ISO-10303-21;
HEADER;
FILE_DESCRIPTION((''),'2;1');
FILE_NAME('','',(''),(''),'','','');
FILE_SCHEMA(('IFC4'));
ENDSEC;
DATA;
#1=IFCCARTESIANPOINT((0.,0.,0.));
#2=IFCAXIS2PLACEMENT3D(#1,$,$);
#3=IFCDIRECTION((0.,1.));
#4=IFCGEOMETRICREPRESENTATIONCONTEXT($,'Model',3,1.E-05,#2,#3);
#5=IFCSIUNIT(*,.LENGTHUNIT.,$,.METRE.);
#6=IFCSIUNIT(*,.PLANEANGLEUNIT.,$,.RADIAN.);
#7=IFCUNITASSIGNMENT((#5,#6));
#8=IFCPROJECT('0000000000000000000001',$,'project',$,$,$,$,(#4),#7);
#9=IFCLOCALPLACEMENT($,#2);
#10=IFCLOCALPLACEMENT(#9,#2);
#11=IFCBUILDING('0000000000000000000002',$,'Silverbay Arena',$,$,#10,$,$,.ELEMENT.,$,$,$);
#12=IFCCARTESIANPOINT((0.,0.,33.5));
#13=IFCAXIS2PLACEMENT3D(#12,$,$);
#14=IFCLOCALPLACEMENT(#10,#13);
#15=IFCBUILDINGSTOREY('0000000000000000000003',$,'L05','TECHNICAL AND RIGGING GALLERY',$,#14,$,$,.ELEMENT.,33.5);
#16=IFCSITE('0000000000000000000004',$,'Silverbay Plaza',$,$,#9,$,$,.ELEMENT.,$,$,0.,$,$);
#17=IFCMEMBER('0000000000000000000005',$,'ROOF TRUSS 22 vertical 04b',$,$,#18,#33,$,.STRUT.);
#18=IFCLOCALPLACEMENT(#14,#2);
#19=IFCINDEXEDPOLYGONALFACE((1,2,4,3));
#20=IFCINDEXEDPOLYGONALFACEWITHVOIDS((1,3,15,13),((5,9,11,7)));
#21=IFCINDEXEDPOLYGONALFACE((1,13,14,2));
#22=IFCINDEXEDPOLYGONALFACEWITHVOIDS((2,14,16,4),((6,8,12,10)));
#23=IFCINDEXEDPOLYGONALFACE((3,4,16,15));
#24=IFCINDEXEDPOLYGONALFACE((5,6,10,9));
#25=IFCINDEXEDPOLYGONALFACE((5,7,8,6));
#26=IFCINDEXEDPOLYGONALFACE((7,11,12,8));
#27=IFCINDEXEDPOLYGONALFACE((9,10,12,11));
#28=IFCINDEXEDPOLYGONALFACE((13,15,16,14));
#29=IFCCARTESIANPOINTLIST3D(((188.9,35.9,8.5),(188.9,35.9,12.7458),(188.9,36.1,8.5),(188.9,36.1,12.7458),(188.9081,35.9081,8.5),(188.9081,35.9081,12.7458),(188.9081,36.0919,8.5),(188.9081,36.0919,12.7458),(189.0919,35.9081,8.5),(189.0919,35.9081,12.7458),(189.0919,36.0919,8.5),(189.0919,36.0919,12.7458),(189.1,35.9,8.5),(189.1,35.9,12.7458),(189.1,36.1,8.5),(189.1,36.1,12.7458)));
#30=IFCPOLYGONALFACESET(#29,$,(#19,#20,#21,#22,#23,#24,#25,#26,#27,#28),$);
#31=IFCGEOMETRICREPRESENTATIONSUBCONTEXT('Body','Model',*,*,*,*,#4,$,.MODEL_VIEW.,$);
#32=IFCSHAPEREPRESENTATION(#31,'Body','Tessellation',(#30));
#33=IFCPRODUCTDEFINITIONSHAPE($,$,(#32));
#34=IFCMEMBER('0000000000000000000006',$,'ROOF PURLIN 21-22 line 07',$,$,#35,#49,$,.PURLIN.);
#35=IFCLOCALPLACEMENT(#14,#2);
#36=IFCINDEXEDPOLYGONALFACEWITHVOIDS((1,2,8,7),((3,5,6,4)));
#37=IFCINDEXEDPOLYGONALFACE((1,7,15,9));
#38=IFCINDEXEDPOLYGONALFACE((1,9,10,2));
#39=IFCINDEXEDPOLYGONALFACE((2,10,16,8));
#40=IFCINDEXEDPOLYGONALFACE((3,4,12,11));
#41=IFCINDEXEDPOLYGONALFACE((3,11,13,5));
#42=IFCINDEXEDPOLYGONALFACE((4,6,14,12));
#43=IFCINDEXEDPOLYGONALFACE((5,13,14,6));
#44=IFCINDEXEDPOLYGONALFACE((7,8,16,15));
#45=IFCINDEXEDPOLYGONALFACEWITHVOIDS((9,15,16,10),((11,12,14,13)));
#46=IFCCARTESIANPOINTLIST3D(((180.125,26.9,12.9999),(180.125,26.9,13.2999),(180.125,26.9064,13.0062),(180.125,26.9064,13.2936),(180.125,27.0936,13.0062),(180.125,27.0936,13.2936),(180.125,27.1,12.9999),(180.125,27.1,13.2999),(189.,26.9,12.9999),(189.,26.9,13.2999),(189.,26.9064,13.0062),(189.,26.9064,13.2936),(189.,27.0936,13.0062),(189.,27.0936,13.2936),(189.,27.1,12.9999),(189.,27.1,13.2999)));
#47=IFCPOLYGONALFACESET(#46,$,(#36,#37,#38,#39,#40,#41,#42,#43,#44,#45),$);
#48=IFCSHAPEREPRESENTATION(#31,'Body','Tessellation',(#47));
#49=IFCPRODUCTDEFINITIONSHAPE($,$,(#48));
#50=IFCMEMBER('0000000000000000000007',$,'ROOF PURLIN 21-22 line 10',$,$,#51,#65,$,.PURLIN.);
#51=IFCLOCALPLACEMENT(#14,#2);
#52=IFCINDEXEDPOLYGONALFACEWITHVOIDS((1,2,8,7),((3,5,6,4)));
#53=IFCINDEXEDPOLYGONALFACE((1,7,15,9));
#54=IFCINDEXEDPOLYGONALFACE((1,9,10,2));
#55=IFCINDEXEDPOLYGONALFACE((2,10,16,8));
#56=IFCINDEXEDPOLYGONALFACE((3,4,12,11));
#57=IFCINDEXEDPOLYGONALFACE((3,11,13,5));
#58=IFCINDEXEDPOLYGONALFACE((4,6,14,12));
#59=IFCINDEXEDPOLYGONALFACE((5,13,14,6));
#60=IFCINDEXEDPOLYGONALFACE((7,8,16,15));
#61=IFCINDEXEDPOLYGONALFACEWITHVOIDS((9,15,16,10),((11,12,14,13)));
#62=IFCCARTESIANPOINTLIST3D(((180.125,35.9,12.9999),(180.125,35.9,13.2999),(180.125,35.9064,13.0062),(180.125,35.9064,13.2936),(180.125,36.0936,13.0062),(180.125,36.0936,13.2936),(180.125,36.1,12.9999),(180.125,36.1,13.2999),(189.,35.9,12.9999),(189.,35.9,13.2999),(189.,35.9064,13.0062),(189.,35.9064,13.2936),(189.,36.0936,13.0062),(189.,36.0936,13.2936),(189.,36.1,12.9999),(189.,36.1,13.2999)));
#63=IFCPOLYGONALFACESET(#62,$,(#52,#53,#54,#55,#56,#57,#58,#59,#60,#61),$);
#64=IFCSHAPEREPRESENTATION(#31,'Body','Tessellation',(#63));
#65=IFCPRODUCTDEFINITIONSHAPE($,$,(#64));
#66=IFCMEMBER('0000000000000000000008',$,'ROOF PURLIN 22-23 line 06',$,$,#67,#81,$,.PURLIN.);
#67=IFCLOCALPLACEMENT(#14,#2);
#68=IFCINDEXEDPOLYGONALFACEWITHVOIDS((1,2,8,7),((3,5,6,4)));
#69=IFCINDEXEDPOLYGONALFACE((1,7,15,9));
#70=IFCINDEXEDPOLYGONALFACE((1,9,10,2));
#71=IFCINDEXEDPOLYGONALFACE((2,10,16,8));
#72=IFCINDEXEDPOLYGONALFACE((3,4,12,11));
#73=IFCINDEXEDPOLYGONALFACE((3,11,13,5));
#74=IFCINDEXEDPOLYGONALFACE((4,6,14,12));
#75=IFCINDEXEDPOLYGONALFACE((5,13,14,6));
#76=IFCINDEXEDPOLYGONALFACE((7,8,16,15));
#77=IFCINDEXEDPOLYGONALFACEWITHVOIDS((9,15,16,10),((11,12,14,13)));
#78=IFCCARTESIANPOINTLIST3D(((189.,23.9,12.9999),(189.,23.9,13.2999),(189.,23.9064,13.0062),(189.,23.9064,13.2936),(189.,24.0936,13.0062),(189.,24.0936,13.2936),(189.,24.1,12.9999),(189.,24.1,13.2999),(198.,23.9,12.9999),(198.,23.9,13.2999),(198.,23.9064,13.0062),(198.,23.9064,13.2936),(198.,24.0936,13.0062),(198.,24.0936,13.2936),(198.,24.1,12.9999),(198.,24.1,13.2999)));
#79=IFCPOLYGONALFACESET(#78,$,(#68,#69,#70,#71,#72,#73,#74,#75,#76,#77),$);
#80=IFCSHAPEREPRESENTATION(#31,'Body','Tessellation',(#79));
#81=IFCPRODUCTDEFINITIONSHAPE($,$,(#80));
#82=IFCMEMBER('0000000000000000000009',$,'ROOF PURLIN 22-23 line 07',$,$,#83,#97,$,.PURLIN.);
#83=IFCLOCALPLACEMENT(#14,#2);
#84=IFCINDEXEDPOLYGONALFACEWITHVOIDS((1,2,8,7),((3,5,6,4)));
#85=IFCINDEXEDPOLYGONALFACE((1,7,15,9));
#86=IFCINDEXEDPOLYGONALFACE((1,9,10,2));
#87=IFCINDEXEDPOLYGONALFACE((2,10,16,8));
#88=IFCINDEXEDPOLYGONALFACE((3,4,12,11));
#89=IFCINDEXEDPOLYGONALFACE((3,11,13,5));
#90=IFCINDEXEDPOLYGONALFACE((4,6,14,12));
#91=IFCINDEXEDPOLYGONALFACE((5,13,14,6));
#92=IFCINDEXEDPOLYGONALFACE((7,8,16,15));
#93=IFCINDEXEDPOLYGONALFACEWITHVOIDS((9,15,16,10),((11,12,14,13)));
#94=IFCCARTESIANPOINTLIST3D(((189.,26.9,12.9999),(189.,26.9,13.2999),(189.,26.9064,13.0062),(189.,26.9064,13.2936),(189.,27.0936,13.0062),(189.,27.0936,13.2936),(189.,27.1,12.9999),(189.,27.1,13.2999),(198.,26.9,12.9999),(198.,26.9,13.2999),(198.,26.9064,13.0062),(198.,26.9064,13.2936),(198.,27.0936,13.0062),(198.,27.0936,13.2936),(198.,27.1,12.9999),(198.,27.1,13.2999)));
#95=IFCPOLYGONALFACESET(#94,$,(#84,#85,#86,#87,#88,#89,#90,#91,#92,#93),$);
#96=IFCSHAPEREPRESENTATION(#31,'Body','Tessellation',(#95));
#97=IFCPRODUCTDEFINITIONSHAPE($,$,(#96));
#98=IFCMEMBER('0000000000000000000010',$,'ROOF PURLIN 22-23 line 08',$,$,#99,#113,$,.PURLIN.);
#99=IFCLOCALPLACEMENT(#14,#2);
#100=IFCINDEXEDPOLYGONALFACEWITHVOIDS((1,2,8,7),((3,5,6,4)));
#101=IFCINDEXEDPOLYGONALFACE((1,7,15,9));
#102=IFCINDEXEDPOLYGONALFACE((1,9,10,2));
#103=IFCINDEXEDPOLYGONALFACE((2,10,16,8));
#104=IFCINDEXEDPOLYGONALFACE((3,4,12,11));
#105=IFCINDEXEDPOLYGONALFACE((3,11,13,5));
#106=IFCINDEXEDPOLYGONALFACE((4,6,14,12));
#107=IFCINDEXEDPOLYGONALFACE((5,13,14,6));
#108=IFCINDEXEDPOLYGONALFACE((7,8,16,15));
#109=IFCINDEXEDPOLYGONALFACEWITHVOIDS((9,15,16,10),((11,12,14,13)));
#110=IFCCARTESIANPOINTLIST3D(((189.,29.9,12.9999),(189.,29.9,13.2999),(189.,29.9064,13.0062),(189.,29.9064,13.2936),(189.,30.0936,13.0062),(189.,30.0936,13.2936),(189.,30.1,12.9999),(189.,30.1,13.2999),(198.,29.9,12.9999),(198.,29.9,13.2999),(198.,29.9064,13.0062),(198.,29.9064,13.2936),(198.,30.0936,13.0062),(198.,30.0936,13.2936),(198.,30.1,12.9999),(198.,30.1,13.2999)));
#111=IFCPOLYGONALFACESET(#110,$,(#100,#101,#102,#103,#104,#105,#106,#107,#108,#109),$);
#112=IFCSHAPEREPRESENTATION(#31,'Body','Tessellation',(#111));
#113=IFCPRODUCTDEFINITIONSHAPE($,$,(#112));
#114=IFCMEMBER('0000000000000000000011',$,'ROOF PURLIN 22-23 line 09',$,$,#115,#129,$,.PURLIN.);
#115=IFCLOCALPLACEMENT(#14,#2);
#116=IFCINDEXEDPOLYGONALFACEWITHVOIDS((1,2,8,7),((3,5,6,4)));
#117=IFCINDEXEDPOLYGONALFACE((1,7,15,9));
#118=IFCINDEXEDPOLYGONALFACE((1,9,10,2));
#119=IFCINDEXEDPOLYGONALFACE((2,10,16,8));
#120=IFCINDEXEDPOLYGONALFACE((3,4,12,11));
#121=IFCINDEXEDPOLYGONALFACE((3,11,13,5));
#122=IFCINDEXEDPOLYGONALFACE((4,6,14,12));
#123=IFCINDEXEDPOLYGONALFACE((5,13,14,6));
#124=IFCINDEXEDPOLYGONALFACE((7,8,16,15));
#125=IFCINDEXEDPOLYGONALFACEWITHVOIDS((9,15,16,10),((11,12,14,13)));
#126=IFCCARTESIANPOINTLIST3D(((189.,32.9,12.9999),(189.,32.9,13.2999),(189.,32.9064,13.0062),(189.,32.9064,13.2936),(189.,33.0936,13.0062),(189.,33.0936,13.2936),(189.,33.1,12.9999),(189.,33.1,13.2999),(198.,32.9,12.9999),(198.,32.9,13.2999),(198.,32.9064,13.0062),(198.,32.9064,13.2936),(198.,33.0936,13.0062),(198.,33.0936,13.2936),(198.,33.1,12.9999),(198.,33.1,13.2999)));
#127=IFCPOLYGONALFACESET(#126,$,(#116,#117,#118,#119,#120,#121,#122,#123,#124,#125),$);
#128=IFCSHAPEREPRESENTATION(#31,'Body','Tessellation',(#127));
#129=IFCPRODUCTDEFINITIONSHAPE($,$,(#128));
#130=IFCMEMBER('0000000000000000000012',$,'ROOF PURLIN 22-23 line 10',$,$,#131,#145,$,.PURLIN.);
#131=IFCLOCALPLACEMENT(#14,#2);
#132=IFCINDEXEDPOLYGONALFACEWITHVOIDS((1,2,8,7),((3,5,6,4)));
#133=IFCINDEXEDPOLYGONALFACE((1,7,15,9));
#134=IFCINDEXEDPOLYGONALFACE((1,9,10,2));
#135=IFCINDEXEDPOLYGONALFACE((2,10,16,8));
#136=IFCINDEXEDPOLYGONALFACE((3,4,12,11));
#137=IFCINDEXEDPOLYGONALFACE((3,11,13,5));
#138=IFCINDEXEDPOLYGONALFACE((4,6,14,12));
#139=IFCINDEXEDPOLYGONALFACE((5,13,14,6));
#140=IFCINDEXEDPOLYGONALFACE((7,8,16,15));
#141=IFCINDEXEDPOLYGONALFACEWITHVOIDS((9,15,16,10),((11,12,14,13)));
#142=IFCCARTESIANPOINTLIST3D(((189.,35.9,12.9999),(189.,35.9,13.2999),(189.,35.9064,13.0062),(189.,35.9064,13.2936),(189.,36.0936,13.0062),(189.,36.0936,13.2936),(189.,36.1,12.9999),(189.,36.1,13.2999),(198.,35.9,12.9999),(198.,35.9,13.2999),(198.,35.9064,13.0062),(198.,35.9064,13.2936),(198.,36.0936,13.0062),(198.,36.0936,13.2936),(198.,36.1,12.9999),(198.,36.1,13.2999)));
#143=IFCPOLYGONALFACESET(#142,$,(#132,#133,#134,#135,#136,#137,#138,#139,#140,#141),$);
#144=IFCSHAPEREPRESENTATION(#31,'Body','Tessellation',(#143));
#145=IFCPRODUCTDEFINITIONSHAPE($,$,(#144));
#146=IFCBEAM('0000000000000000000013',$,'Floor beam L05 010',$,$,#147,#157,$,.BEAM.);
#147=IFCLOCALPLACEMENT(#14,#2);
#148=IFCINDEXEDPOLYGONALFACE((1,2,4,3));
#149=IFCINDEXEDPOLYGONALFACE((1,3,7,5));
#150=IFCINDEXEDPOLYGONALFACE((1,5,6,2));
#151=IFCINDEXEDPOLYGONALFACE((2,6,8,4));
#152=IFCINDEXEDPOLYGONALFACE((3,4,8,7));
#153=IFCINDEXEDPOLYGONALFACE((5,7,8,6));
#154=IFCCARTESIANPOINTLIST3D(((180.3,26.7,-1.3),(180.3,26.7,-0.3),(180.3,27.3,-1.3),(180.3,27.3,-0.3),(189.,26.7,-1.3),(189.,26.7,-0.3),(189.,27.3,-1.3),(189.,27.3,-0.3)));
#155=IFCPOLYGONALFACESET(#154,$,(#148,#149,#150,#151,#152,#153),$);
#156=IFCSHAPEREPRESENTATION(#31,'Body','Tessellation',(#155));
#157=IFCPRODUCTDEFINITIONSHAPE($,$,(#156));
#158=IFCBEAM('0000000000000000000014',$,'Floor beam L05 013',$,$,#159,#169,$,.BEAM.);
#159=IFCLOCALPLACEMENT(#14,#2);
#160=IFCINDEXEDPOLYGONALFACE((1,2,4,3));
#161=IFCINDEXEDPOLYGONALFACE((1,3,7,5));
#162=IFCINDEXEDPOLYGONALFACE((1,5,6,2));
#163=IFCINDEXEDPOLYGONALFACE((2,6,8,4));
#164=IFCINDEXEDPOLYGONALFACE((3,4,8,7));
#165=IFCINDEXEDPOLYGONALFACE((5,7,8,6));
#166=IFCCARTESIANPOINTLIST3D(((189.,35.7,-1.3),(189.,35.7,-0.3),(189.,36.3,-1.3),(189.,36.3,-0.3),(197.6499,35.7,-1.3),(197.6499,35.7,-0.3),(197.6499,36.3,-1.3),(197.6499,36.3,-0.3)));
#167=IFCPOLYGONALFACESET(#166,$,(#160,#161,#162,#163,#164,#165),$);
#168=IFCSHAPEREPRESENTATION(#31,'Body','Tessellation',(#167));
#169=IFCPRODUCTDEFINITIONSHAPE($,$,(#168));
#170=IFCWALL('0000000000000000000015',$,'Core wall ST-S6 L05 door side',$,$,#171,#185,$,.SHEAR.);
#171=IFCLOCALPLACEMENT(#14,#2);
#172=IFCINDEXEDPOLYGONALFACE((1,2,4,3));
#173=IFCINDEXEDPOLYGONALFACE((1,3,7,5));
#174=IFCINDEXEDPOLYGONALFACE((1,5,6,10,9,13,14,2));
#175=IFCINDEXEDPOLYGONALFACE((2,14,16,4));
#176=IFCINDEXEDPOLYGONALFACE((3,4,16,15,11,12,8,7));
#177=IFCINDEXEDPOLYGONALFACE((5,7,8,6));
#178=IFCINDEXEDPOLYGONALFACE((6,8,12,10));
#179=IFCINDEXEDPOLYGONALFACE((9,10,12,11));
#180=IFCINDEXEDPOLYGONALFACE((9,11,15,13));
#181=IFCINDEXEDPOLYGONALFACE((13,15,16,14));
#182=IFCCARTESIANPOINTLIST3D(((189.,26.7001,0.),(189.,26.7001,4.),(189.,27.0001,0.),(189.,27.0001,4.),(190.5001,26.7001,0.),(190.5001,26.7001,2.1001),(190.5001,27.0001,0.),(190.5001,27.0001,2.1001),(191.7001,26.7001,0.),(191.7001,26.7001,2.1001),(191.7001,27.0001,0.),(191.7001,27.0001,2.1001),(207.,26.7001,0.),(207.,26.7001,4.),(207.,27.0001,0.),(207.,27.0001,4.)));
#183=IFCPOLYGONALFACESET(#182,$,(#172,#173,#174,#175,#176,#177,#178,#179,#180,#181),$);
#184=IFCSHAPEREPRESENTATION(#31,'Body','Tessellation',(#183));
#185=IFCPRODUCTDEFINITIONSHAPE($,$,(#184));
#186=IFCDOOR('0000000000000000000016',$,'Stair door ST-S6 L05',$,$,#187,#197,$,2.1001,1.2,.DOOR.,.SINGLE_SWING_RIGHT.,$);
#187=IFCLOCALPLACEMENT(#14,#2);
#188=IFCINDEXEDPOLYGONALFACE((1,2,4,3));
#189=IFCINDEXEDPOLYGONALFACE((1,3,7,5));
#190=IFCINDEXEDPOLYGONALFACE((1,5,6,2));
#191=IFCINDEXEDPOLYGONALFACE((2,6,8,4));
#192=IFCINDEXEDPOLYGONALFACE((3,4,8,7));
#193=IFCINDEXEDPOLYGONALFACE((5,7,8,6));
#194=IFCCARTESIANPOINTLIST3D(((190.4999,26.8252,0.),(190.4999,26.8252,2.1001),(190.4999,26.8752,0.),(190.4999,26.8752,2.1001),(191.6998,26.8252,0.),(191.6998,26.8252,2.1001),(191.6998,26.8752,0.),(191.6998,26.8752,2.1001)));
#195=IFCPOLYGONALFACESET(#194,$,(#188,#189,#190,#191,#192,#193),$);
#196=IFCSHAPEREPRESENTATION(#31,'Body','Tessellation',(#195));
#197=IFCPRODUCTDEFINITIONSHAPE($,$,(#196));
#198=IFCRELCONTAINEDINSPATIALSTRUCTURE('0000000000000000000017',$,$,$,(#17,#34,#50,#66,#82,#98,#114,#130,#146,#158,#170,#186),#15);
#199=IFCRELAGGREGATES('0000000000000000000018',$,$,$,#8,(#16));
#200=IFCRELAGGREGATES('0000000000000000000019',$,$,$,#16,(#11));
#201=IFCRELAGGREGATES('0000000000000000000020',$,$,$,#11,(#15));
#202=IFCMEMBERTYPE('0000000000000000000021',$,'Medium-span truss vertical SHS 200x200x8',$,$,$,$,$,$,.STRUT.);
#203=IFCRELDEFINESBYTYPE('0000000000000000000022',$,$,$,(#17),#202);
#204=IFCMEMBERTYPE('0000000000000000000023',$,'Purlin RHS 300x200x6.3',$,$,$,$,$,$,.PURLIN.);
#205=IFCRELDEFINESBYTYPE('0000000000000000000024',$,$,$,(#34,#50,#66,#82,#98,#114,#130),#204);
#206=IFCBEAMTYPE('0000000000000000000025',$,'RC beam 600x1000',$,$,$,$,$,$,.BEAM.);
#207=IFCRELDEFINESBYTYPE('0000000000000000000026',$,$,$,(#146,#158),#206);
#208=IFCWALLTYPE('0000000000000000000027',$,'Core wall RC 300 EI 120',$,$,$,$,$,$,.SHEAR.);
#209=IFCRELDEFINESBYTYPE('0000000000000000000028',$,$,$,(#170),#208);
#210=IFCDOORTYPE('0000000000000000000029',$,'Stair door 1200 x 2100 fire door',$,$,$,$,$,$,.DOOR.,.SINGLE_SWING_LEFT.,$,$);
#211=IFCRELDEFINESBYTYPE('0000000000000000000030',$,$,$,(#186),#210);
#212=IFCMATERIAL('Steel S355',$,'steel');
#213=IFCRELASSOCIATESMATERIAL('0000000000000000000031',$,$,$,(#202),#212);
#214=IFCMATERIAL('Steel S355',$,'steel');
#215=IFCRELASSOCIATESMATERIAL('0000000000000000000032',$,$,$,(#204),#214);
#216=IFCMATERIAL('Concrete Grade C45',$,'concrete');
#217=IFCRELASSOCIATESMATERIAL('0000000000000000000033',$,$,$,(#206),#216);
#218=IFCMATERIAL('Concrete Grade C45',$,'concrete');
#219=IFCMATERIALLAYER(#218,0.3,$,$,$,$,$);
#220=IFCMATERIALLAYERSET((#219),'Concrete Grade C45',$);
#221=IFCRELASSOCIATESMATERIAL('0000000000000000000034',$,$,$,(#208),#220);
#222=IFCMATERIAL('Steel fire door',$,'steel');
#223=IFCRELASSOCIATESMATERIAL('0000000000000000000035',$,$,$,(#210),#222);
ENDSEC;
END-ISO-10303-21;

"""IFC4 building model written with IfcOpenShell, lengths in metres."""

from ifc_helpers import new_model, si_unit, direction, frame, frame_2d, origin, origin_2d, place, context, subcontext, project, spatial, rectangle, hollow_rectangle, extrude, material, layer, layer_set, material_profile, profile_set, type_object, element, fill, save


model = new_model("IFC4")

# Units and contexts
model_context = context("Model", 3, precision=1e-05, world=origin(), true_north=direction((0.0, 1.0)))
body_context = subcontext(model_context, "Body", "Model", "MODEL_VIEW")
ifc_project = project(units=[si_unit("LENGTHUNIT", "METRE"), si_unit("PLANEANGLEUNIT", "RADIAN")], contexts=[model_context])

# Site, building, storey
site_placement = place(None, origin())
site = spatial("IfcSite", under=ifc_project, at=site_placement, Name="Silverbay Plaza", CompositionType="ELEMENT", RefElevation=0.0)
building_placement = place(site_placement, origin())
building = spatial("IfcBuilding", under=site, at=building_placement, Name="Silverbay Arena", CompositionType="ELEMENT")
storey_placement = place(building_placement, frame((0.0, 0.0, 33.5)))
storey = spatial("IfcBuildingStorey", under=building, at=storey_placement, Name="L05", Description="TECHNICAL AND RIGGING GALLERY", CompositionType="ELEMENT", Elevation=33.5)

# Members
ifc_material_1 = material(Name="Steel S355", Category="steel")
ifc_material_profile_1 = material_profile(ifc_material_1, hollow_rectangle(XDim=0.2, YDim=0.2, WallThickness=0.0081, at=origin_2d()), Name="SHS 200x200x8")
ifc_profile_set_1 = profile_set([ifc_material_profile_1], Name="Steel S355")
member_type_1 = type_object("IfcMemberType", Name="Medium-span truss vertical SHS 200x200x8", PredefinedType="STRUT", material=ifc_profile_set_1)
for number, where, z_axis, x_axis, name in (
    (1, (189.0, 36.0, 8.5), (0.0, 0.0, 1.0), (1.0, 0.0, 0.0), "ROOF TRUSS 22 vertical 04b"),
):
    element("IfcMember", number, at=place(storey_placement, frame(where, z_axis=z_axis, x_axis=x_axis)), inside=storey, type_object=member_type_1, Name=name, PredefinedType="STRUT", context=body_context, shape_type="SweptSolid", body=[
        extrude(hollow_rectangle(XDim=0.2, YDim=0.2, WallThickness=0.0081, at=origin_2d()), origin(), (0.0, 0.0, 1.0), 4.2458),
    ])
ifc_material_2 = material(Name="Steel S355", Category="steel")
ifc_material_profile_2 = material_profile(ifc_material_2, hollow_rectangle(XDim=0.2, YDim=0.3, WallThickness=0.0063, at=origin_2d()), Name="RHS 300x200x6.3")
ifc_profile_set_2 = profile_set([ifc_material_profile_2], Name="Steel S355")
member_type_2 = type_object("IfcMemberType", Name="Purlin RHS 300x200x6.3", PredefinedType="PURLIN", material=ifc_profile_set_2)
for number, where, z_axis, x_axis, name in (
    (2, (180.125, 27.0, 13.1499), (1.0, 0.0, 0.0), (0.0, 1.0, 0.0), "ROOF PURLIN 21-22 line 07"),
    (3, (180.125, 36.0, 13.1499), (1.0, 0.0, 0.0), (0.0, 1.0, 0.0), "ROOF PURLIN 21-22 line 10"),
):
    element("IfcMember", number, at=place(storey_placement, frame(where, z_axis=z_axis, x_axis=x_axis)), inside=storey, type_object=member_type_2, Name=name, PredefinedType="PURLIN", context=body_context, shape_type="SweptSolid", body=[
        extrude(hollow_rectangle(XDim=0.2, YDim=0.3, WallThickness=0.0063, at=origin_2d()), origin(), (0.0, 0.0, 1.0), 8.875),
    ])
for number, where, z_axis, x_axis, name in (
    (4, (189.0, 24.0, 13.1499), (1.0, 0.0, 0.0), (0.0, 1.0, 0.0), "ROOF PURLIN 22-23 line 06"),
    (5, (189.0, 27.0, 13.1499), (1.0, 0.0, 0.0), (0.0, 1.0, 0.0), "ROOF PURLIN 22-23 line 07"),
    (6, (189.0, 30.0, 13.1499), (1.0, 0.0, 0.0), (0.0, 1.0, 0.0), "ROOF PURLIN 22-23 line 08"),
    (7, (189.0, 33.0, 13.1499), (1.0, 0.0, 0.0), (0.0, 1.0, 0.0), "ROOF PURLIN 22-23 line 09"),
    (8, (189.0, 36.0, 13.1499), (1.0, 0.0, 0.0), (0.0, 1.0, 0.0), "ROOF PURLIN 22-23 line 10"),
):
    element("IfcMember", number, at=place(storey_placement, frame(where, z_axis=z_axis, x_axis=x_axis)), inside=storey, type_object=member_type_2, Name=name, PredefinedType="PURLIN", context=body_context, shape_type="SweptSolid", body=[
        extrude(hollow_rectangle(XDim=0.2, YDim=0.3, WallThickness=0.0063, at=origin_2d()), origin(), (0.0, 0.0, 1.0), 9.0),
    ])

# Beams
ifc_material_3 = material(Name="Concrete Grade C45", Category="concrete")
ifc_material_profile_3 = material_profile(ifc_material_3, rectangle(XDim=0.6001, YDim=1.0, at=origin_2d()), Name="RC 600x1000")
ifc_profile_set_3 = profile_set([ifc_material_profile_3], Name="Concrete Grade C45")
beam_type = type_object("IfcBeamType", Name="RC beam 600x1000", PredefinedType="BEAM", material=ifc_profile_set_3)
beam_1_placement = place(storey_placement, frame((180.3, 27.0, -0.8), z_axis=(1.0, 0.0, 0.0), x_axis=(0.0, 1.0, 0.0)))
element("IfcBeam", 9, at=beam_1_placement, inside=storey, type_object=beam_type, Name="Floor beam L05 010", PredefinedType="BEAM", context=body_context, shape_type="SweptSolid", body=[
    extrude(rectangle(XDim=0.6001, YDim=1.0, at=origin_2d()), origin(), (0.0, 0.0, 1.0), 8.7),
])
beam_2_placement = place(storey_placement, frame((189.0, 36.0, -0.8), z_axis=(1.0, 0.0, 0.0), x_axis=(0.0, 1.0, 0.0)))
element("IfcBeam", 10, at=beam_2_placement, inside=storey, type_object=beam_type, Name="Floor beam L05 013", PredefinedType="BEAM", context=body_context, shape_type="SweptSolid", body=[
    extrude(rectangle(XDim=0.6001, YDim=1.0, at=origin_2d()), origin(), (0.0, 0.0, 1.0), 8.6499),
])

# Wall, opening, door
ifc_material_4 = material(Name="Concrete Grade C45", Category="concrete")
ifc_layer_1 = layer(ifc_material_4, 0.3)
ifc_layer_set_1 = layer_set([ifc_layer_1], Name="Concrete Grade C45")
wall_type_1 = type_object("IfcWallType", Name="Core wall RC 300 EI 120", PredefinedType="SHEAR", material=ifc_layer_set_1)
wall_1_placement = place(storey_placement, frame((189.0, 26.8501, 0.0), z_axis=(0.0, 0.0, 1.0), x_axis=(1.0, 0.0, 0.0)))
wall_1 = element("IfcWall", 11, at=wall_1_placement, inside=storey, type_object=wall_type_1, Name="Core wall ST-S6 L05 door side", PredefinedType="SHEAR", context=body_context, shape_type="SweptSolid", body=[
    extrude(rectangle(XDim=18.0, YDim=0.3, at=frame_2d((9.0, 0.0))), origin(), (0.0, 0.0, 1.0), 4.0),
])
opening_placement = place(wall_1_placement, frame((1.5, 0.0, 0.0)))
opening = element("IfcOpeningElement", 12, at=opening_placement, cuts=wall_1, PredefinedType="OPENING", context=body_context, shape_type="SweptSolid", body=[
    extrude(rectangle(XDim=1.2, YDim=2.1001, at=frame_2d((0.6001, 1.05))), frame((0.0, 0.1602, 0.0), z_axis=(0.0, -1.0, 0.0), x_axis=(1.0, 0.0, 0.0)), (0.0, 0.0, 1.0), 0.3201),
])
ifc_material_5 = material(Name="Steel fire door", Category="steel")
door_type = type_object("IfcDoorType", Name="Stair door 1200 x 2100 fire door", OperationType="SINGLE_SWING_LEFT", PredefinedType="DOOR", material=ifc_material_5)
door_placement = place(opening_placement, frame((1.2, 0.0, 0.0), z_axis=(0.0, 0.0, 1.0), x_axis=(-1.0, 0.0, 0.0)))
door = element("IfcDoor", 13, at=door_placement, inside=storey, type_object=door_type, Name="Stair door ST-S6 L05", OperationType="SINGLE_SWING_RIGHT", OverallHeight=2.1001, OverallWidth=1.2, PredefinedType="DOOR", context=body_context, shape_type="SweptSolid", body=[
    extrude(rectangle(XDim=1.2, YDim=2.1001, at=frame_2d((0.6001, 1.05))), frame((0.0, 0.0249, 0.0), z_axis=(0.0, -1.0, 0.0), x_axis=(1.0, 0.0, 0.0)), (0.0, 0.0, 1.0), 0.05),
])
fill(opening, door)

save(model, "model.ifc")
